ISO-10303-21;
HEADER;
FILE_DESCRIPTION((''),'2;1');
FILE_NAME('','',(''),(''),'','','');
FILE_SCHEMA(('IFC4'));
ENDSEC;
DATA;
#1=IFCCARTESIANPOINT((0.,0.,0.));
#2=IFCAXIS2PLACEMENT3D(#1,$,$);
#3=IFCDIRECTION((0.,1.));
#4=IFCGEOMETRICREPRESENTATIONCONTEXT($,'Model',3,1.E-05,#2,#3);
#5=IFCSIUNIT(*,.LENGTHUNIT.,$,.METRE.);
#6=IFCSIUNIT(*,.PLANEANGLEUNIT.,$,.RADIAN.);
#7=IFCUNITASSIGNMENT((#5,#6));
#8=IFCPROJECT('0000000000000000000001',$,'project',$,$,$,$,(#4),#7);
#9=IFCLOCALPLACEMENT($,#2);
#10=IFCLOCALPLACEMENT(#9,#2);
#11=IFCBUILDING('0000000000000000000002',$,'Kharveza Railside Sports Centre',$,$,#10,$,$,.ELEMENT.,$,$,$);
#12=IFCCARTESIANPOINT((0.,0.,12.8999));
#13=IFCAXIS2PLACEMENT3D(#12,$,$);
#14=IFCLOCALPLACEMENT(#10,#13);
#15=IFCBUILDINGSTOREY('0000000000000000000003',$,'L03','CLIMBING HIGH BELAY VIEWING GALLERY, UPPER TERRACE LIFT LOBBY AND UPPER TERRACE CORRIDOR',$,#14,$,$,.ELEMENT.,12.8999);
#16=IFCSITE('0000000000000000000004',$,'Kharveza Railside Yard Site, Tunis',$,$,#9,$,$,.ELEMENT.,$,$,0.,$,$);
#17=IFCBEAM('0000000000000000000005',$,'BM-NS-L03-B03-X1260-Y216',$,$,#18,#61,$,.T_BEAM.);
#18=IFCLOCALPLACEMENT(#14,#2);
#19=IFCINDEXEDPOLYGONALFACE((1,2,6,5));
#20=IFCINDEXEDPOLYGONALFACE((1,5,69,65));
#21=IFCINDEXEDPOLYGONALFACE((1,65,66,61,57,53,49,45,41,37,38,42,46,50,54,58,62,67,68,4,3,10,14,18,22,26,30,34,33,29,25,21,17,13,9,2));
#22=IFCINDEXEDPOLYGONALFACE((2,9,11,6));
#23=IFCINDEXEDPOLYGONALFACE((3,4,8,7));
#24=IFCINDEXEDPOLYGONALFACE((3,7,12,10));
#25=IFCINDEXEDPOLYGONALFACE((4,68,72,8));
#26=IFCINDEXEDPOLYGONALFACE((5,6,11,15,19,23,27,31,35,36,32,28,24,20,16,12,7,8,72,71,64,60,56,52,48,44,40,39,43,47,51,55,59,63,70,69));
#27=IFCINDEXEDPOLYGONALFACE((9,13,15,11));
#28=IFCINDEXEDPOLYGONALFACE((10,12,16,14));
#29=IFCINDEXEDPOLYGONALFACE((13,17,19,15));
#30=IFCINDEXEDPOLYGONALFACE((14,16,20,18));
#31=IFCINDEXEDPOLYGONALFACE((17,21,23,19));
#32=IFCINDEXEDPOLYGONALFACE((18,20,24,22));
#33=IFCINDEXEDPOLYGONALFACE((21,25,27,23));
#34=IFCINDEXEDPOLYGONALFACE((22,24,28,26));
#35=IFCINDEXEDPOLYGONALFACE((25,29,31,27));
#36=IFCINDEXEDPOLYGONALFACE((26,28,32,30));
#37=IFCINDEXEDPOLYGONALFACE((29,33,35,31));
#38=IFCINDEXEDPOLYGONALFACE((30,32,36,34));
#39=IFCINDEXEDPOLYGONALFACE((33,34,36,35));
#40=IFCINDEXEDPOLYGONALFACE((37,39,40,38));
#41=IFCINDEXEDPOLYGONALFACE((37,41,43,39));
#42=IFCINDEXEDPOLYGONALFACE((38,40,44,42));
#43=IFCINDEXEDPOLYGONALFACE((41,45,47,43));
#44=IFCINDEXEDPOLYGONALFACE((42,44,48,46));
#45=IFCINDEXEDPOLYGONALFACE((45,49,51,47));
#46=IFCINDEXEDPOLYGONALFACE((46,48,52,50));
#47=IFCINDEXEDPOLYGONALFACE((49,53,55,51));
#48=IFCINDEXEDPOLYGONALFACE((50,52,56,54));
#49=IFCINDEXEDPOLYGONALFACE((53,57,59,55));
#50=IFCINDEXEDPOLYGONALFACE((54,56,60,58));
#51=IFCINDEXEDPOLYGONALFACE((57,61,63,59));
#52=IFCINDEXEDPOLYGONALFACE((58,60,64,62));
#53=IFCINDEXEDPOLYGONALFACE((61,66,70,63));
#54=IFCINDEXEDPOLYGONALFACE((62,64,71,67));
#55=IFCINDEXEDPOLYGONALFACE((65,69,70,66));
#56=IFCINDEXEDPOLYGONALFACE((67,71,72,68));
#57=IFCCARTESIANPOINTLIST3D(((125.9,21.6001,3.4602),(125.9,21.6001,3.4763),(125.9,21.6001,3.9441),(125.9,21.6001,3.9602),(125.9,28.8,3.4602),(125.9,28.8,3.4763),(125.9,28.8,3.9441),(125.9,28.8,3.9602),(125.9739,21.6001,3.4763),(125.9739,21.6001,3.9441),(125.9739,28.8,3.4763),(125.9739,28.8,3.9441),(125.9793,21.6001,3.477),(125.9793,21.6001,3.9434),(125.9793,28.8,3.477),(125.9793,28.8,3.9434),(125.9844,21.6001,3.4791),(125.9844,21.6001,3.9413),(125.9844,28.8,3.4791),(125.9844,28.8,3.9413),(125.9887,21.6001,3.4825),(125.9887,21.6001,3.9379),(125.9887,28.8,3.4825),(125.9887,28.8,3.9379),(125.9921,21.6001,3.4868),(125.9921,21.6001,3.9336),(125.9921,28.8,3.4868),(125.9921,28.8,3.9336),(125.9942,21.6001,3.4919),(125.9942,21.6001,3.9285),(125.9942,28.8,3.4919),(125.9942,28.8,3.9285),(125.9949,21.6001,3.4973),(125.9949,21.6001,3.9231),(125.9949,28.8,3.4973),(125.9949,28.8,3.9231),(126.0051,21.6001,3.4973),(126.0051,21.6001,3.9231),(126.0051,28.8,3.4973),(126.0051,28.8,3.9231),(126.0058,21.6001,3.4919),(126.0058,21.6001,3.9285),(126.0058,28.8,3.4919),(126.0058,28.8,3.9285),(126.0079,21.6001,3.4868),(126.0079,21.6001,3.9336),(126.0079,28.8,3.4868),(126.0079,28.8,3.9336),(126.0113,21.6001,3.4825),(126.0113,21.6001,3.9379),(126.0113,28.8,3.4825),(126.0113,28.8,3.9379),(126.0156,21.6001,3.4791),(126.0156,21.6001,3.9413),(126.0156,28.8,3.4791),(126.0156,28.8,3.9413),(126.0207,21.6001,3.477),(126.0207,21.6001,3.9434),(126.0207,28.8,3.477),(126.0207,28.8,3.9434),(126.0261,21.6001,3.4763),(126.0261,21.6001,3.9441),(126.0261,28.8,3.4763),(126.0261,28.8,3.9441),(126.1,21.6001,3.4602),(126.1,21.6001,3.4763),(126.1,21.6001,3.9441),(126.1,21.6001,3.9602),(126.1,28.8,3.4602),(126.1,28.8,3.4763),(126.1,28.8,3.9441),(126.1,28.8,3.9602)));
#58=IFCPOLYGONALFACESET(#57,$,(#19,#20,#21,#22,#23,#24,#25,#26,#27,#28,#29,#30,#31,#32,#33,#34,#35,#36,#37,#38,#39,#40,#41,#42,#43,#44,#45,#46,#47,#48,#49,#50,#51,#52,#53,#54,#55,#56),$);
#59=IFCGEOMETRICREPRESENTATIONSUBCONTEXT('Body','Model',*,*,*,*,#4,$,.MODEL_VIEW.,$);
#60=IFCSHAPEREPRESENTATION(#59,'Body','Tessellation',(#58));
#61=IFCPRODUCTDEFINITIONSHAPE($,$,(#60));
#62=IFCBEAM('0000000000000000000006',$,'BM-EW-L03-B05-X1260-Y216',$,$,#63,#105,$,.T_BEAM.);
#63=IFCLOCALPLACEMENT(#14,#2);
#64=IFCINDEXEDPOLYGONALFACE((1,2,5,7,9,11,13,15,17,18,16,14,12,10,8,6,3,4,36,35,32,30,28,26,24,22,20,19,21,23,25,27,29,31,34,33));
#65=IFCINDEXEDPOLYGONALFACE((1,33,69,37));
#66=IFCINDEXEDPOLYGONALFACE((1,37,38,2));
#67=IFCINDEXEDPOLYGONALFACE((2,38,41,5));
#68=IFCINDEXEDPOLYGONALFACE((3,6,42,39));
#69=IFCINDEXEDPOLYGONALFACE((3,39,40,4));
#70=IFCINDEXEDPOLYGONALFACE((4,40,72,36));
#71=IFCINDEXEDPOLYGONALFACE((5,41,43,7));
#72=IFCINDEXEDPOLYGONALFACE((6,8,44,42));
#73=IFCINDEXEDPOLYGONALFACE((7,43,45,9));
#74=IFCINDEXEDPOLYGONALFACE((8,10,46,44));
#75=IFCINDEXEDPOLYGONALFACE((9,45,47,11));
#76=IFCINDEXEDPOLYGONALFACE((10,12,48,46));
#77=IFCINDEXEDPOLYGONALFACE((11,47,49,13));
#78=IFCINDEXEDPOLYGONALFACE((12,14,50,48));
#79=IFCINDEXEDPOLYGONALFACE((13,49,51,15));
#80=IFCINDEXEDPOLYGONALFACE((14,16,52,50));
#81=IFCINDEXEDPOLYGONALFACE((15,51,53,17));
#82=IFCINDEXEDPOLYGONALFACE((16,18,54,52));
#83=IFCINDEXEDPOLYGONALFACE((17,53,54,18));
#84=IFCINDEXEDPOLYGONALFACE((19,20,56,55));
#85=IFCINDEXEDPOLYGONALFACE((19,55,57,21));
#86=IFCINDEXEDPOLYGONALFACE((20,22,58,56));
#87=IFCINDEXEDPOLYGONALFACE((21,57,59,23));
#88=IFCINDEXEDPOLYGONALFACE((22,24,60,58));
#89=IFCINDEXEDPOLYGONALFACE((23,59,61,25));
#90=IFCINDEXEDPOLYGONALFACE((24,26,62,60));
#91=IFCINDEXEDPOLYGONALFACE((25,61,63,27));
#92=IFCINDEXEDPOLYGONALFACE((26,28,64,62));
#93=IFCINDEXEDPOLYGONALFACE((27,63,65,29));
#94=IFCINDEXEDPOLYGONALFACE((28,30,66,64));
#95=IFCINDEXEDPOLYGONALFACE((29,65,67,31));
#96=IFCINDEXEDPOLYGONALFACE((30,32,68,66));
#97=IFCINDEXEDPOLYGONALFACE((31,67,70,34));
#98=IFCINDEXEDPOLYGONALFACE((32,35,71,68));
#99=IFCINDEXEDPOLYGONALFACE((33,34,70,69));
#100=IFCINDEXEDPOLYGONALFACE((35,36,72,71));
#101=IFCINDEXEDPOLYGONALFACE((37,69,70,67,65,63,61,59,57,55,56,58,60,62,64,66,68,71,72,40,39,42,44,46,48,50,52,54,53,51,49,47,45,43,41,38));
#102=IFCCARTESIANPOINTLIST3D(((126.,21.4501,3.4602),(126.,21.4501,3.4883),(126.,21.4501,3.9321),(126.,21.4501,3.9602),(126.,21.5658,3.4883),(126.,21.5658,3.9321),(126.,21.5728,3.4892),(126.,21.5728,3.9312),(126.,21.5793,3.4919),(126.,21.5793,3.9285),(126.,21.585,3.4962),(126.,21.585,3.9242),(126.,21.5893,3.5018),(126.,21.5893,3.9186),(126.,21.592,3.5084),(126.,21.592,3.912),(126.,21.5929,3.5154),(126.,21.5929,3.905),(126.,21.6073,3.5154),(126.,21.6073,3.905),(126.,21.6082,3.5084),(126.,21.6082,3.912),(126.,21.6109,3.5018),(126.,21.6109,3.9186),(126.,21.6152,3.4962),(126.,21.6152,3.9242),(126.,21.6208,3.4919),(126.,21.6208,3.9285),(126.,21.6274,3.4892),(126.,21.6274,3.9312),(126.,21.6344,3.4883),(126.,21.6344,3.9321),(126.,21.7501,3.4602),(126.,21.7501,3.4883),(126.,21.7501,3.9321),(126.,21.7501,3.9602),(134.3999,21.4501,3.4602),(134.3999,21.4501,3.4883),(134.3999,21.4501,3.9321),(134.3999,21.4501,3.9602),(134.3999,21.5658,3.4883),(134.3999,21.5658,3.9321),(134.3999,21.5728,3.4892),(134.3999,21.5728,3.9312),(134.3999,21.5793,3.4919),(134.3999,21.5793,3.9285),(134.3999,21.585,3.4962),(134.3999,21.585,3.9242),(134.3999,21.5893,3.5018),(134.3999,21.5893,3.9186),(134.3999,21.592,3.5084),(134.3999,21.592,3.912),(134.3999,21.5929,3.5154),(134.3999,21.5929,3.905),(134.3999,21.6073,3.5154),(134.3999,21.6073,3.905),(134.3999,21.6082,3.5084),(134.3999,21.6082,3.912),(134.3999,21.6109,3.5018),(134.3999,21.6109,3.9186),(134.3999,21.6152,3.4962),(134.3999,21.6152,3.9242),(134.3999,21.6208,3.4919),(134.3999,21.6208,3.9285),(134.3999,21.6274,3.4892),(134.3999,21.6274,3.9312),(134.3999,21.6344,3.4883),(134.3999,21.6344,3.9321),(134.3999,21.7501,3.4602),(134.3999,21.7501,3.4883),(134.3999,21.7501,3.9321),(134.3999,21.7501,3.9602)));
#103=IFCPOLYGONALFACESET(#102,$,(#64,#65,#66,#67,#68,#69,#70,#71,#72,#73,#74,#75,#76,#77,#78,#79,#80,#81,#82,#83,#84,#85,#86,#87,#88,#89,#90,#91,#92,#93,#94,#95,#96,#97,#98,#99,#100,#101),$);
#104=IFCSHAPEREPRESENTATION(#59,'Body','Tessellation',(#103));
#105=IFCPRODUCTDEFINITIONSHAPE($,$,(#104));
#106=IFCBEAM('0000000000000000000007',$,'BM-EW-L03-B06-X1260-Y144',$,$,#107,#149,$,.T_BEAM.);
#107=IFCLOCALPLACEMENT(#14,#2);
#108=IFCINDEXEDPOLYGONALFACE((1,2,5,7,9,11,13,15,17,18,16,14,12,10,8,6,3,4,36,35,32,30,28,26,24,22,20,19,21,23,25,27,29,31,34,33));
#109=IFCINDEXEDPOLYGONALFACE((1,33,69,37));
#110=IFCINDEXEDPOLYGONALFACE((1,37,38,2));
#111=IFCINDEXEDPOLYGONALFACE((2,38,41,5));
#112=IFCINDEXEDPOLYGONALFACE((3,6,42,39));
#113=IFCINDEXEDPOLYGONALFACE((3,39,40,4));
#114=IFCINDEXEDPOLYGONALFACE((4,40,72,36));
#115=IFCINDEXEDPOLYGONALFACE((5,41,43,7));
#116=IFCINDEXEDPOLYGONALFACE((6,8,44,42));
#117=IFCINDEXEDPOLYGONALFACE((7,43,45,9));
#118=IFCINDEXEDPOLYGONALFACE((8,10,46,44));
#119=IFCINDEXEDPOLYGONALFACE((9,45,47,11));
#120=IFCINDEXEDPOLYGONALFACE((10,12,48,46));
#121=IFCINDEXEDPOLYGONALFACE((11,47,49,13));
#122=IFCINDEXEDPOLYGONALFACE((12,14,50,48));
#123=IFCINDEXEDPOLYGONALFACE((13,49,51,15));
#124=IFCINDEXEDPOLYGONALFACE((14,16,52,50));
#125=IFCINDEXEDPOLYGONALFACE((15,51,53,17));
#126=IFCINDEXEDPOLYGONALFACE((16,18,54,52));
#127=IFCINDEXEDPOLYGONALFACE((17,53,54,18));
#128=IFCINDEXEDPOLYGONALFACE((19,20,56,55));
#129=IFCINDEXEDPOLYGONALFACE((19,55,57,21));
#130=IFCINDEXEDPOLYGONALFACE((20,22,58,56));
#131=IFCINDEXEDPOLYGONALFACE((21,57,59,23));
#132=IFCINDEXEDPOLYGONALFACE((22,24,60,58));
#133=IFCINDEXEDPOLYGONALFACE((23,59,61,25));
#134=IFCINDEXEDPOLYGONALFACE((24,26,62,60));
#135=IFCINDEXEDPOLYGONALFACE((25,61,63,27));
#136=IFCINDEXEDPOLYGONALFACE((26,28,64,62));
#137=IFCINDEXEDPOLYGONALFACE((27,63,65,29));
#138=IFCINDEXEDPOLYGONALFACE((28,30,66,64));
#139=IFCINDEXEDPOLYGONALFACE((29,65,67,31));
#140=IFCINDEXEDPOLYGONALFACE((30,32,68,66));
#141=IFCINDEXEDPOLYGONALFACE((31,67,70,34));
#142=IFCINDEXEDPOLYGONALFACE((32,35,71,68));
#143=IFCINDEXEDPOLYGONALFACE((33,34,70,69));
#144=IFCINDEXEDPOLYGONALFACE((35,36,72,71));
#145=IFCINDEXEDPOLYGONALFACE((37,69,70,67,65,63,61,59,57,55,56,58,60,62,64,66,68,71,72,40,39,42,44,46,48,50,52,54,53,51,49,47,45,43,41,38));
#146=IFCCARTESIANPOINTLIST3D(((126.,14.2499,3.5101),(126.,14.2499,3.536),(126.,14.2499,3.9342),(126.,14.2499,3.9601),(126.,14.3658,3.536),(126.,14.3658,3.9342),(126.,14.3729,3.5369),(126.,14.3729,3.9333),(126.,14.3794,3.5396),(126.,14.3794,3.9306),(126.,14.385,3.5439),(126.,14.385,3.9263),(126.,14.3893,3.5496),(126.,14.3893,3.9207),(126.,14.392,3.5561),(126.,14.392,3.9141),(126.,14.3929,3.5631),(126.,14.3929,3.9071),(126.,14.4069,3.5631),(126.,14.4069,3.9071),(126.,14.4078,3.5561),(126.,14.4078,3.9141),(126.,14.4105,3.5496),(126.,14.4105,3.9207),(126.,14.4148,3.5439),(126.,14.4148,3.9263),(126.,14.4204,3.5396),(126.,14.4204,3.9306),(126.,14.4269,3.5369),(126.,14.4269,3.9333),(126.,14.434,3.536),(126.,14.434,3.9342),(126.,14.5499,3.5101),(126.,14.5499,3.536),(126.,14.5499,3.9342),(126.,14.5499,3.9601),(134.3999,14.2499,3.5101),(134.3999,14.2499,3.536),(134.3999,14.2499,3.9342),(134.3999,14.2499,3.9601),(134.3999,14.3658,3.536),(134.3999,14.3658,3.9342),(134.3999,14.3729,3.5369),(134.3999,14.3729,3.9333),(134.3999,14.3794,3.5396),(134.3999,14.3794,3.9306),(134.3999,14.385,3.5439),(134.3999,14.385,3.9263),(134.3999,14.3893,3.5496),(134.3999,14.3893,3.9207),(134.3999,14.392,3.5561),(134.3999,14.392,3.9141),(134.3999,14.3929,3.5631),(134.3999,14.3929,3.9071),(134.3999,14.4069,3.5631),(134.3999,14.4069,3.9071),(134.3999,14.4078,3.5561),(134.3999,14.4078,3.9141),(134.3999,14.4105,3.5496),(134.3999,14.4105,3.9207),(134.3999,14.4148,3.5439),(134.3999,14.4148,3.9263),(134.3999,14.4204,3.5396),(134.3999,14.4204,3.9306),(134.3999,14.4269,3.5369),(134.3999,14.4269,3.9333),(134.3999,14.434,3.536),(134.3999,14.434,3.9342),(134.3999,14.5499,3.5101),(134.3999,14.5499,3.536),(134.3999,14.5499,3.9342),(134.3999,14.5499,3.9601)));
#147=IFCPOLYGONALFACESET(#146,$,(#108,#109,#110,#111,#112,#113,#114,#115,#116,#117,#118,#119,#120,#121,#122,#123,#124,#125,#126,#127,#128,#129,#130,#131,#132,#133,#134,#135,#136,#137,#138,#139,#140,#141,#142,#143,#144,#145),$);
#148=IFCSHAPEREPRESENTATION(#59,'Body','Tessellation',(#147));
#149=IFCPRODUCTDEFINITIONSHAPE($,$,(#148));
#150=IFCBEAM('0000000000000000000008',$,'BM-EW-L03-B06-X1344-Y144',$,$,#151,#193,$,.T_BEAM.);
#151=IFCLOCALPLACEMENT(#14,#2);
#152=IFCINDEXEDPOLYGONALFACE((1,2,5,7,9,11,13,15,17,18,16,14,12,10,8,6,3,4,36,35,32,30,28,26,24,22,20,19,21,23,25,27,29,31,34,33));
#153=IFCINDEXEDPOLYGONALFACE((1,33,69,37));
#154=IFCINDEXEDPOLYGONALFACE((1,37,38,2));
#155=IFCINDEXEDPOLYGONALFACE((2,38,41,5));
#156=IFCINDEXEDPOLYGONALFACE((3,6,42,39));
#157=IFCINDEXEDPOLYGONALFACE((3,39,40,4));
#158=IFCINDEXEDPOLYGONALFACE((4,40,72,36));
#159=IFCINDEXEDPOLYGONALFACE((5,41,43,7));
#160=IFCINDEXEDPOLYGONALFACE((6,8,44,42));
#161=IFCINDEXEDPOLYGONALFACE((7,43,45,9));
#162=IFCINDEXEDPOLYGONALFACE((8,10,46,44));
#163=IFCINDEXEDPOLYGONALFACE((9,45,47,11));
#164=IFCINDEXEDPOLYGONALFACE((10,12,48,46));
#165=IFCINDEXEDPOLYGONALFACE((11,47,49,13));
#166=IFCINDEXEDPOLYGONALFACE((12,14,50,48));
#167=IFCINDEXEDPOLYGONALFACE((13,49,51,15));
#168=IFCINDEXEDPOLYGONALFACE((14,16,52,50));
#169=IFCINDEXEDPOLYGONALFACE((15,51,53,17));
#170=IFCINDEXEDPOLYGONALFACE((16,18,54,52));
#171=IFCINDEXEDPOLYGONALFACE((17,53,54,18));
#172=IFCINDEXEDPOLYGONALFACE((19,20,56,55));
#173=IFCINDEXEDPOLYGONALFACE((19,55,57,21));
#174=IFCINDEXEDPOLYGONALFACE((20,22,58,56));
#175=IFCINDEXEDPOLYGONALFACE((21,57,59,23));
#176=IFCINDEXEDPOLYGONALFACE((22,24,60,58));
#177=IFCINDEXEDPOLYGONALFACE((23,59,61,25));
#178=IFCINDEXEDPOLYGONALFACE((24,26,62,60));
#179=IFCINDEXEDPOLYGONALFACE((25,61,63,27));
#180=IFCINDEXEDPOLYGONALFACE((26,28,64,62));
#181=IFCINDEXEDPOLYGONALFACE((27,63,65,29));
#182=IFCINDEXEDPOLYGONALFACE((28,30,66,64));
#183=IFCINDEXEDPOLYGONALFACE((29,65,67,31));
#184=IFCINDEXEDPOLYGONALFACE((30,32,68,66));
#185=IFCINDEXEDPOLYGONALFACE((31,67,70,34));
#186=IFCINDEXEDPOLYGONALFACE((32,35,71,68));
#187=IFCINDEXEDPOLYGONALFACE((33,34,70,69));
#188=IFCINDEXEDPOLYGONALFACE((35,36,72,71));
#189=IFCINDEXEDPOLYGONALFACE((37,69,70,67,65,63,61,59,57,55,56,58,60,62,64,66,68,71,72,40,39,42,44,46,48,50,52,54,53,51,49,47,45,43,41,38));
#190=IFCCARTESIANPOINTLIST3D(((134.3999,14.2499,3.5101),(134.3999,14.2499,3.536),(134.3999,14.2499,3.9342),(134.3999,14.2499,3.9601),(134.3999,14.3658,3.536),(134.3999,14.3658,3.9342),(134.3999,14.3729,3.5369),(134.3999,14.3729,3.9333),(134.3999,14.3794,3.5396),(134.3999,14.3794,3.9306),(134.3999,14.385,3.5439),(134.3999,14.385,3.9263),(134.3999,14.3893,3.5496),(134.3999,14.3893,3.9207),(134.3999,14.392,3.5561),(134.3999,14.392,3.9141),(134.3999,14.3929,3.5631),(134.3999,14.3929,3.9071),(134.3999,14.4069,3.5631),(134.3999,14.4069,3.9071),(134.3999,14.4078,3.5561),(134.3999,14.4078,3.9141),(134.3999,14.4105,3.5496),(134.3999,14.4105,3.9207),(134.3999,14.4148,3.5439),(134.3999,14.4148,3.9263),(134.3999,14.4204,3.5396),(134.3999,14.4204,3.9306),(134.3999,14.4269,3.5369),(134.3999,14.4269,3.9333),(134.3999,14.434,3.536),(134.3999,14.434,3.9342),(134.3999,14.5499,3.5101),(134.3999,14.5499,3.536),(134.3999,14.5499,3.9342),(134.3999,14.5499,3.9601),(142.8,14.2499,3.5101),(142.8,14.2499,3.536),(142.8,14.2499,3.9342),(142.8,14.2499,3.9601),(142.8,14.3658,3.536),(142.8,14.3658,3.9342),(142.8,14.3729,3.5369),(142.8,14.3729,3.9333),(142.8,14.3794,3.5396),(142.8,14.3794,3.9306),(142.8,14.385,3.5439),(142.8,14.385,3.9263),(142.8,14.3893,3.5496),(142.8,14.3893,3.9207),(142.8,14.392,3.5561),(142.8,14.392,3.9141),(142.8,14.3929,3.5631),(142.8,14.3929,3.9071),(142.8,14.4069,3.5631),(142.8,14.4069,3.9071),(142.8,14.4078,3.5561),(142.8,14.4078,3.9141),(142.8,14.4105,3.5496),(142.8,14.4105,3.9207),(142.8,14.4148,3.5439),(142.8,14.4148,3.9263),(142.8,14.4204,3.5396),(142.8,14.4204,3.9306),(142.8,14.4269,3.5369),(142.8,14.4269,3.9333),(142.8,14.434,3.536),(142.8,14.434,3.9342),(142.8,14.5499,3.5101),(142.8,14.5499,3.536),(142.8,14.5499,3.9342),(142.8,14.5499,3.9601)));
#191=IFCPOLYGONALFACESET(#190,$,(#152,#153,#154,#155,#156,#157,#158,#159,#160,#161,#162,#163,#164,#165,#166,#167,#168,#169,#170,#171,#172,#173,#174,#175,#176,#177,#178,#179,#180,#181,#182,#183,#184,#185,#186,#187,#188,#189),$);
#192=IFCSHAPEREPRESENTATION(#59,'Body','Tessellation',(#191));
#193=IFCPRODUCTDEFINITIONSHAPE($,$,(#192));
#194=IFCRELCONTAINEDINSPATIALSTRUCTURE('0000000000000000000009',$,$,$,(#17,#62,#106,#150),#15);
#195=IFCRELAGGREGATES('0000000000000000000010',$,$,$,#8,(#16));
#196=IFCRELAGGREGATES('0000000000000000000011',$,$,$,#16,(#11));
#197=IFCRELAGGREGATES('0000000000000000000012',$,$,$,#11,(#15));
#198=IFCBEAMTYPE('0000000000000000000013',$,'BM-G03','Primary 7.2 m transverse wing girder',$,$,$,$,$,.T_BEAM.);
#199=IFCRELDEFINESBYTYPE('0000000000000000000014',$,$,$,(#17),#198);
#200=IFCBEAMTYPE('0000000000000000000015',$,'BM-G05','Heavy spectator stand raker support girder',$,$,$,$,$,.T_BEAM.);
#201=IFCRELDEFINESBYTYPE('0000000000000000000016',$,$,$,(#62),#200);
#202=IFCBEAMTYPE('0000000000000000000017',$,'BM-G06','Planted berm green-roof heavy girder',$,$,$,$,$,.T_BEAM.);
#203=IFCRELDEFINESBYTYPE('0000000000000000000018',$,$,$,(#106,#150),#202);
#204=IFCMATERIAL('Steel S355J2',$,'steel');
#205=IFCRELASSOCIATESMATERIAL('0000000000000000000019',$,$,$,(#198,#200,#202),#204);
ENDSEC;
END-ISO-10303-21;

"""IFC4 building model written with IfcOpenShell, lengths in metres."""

from ifc_helpers import new_model, si_unit, direction, frame, origin, origin_2d, place, context, subcontext, project, spatial, i_section, extrude, material, material_profile, profile_set, type_object, element, save


model = new_model("IFC4")

# Units and contexts
model_context = context("Model", 3, precision=1e-05, world=origin(), true_north=direction((0.0, 1.0)))
body_context = subcontext(model_context, "Body", "Model", "MODEL_VIEW")
ifc_project = project(units=[si_unit("LENGTHUNIT", "METRE"), si_unit("PLANEANGLEUNIT", "RADIAN")], contexts=[model_context])

# Site, building, storey
site_placement = place(None, origin())
site = spatial("IfcSite", under=ifc_project, at=site_placement, Name="Kharveza Railside Yard Site, Tunis", CompositionType="ELEMENT", RefElevation=0.0)
building_placement = place(site_placement, origin())
building = spatial("IfcBuilding", under=site, at=building_placement, Name="Kharveza Railside Sports Centre", CompositionType="ELEMENT")
storey_placement = place(building_placement, frame((0.0, 0.0, 12.8999)))
storey = spatial("IfcBuildingStorey", under=building, at=storey_placement, Name="L03", Description="CLIMBING HIGH BELAY VIEWING GALLERY, UPPER TERRACE LIFT LOBBY AND UPPER TERRACE CORRIDOR", CompositionType="ELEMENT", Elevation=12.8999)

# Shared definitions
ifc_material_1 = material(Name="Steel S355J2", Category="steel")

# Beams
ifc_material_profile_1 = material_profile(ifc_material_1, i_section(OverallWidth=0.2, OverallDepth=0.5, WebThickness=0.0103, FlangeThickness=0.0161, FilletRadius=0.021, at=origin_2d()), Name="IPE 500")
ifc_profile_set_1 = profile_set([ifc_material_profile_1], Name="Steel S355J2")
beam_type_1 = type_object("IfcBeamType", Name="BM-G03", Description="Primary 7.2 m transverse wing girder", PredefinedType="T_BEAM", material=ifc_profile_set_1)
beam_1_placement = place(storey_placement, frame((126.0, 21.6001, 3.7102), z_axis=(0.0, 1.0, 0.0), x_axis=(-1.0, 0.0, 0.0)))
element("IfcBeam", 1, at=beam_1_placement, inside=storey, type_object=beam_type_1, Name="BM-NS-L03-B03-X1260-Y216", PredefinedType="T_BEAM", context=body_context, shape_type="SweptSolid", body=[
    extrude(i_section(OverallWidth=0.2, OverallDepth=0.5, WebThickness=0.0103, FlangeThickness=0.0161, FilletRadius=0.021, at=origin_2d()), origin(), (0.0, 0.0, 1.0), 7.2),
])
ifc_material_profile_2 = material_profile(ifc_material_1, i_section(OverallWidth=0.3, OverallDepth=0.5, WebThickness=0.0144, FlangeThickness=0.0281, FilletRadius=0.0271, at=origin_2d()), Name="HEB 500")
ifc_profile_set_2 = profile_set([ifc_material_profile_2], Name="Steel S355J2")
beam_type_2 = type_object("IfcBeamType", Name="BM-G05", Description="Heavy spectator stand raker support girder", PredefinedType="T_BEAM", material=ifc_profile_set_2)
beam_2_placement = place(storey_placement, frame((126.0, 21.6001, 3.7102), z_axis=(1.0, 0.0, 0.0), x_axis=(0.0, 1.0, 0.0)))
element("IfcBeam", 2, at=beam_2_placement, inside=storey, type_object=beam_type_2, Name="BM-EW-L03-B05-X1260-Y216", PredefinedType="T_BEAM", context=body_context, shape_type="SweptSolid", body=[
    extrude(i_section(OverallWidth=0.3, OverallDepth=0.5, WebThickness=0.0144, FlangeThickness=0.0281, FilletRadius=0.0271, at=origin_2d()), origin(), (0.0, 0.0, 1.0), 8.3999),
])
ifc_material_profile_3 = material_profile(ifc_material_1, i_section(OverallWidth=0.3, OverallDepth=0.45, WebThickness=0.0139, FlangeThickness=0.0259, FilletRadius=0.0271, at=origin_2d()), Name="HEB 450")
ifc_profile_set_3 = profile_set([ifc_material_profile_3], Name="Steel S355J2")
beam_type_3 = type_object("IfcBeamType", Name="BM-G06", Description="Planted berm green-roof heavy girder", PredefinedType="T_BEAM", material=ifc_profile_set_3)
beam_3_placement = place(storey_placement, frame((126.0, 14.3999, 3.7351), z_axis=(1.0, 0.0, 0.0), x_axis=(0.0, 1.0, 0.0)))
element("IfcBeam", 3, at=beam_3_placement, inside=storey, type_object=beam_type_3, Name="BM-EW-L03-B06-X1260-Y144", PredefinedType="T_BEAM", context=body_context, shape_type="SweptSolid", body=[
    extrude(i_section(OverallWidth=0.3, OverallDepth=0.45, WebThickness=0.0139, FlangeThickness=0.0259, FilletRadius=0.0271, at=origin_2d()), origin(), (0.0, 0.0, 1.0), 8.3999),
])
beam_4_placement = place(storey_placement, frame((134.3999, 14.3999, 3.7351), z_axis=(1.0, 0.0, 0.0), x_axis=(0.0, 1.0, 0.0)))
element("IfcBeam", 4, at=beam_4_placement, inside=storey, type_object=beam_type_3, Name="BM-EW-L03-B06-X1344-Y144", PredefinedType="T_BEAM", context=body_context, shape_type="SweptSolid", body=[
    extrude(i_section(OverallWidth=0.3, OverallDepth=0.45, WebThickness=0.0139, FlangeThickness=0.0259, FilletRadius=0.0271, at=origin_2d()), origin(), (0.0, 0.0, 1.0), 8.4001),
])

save(model, "model.ifc")
